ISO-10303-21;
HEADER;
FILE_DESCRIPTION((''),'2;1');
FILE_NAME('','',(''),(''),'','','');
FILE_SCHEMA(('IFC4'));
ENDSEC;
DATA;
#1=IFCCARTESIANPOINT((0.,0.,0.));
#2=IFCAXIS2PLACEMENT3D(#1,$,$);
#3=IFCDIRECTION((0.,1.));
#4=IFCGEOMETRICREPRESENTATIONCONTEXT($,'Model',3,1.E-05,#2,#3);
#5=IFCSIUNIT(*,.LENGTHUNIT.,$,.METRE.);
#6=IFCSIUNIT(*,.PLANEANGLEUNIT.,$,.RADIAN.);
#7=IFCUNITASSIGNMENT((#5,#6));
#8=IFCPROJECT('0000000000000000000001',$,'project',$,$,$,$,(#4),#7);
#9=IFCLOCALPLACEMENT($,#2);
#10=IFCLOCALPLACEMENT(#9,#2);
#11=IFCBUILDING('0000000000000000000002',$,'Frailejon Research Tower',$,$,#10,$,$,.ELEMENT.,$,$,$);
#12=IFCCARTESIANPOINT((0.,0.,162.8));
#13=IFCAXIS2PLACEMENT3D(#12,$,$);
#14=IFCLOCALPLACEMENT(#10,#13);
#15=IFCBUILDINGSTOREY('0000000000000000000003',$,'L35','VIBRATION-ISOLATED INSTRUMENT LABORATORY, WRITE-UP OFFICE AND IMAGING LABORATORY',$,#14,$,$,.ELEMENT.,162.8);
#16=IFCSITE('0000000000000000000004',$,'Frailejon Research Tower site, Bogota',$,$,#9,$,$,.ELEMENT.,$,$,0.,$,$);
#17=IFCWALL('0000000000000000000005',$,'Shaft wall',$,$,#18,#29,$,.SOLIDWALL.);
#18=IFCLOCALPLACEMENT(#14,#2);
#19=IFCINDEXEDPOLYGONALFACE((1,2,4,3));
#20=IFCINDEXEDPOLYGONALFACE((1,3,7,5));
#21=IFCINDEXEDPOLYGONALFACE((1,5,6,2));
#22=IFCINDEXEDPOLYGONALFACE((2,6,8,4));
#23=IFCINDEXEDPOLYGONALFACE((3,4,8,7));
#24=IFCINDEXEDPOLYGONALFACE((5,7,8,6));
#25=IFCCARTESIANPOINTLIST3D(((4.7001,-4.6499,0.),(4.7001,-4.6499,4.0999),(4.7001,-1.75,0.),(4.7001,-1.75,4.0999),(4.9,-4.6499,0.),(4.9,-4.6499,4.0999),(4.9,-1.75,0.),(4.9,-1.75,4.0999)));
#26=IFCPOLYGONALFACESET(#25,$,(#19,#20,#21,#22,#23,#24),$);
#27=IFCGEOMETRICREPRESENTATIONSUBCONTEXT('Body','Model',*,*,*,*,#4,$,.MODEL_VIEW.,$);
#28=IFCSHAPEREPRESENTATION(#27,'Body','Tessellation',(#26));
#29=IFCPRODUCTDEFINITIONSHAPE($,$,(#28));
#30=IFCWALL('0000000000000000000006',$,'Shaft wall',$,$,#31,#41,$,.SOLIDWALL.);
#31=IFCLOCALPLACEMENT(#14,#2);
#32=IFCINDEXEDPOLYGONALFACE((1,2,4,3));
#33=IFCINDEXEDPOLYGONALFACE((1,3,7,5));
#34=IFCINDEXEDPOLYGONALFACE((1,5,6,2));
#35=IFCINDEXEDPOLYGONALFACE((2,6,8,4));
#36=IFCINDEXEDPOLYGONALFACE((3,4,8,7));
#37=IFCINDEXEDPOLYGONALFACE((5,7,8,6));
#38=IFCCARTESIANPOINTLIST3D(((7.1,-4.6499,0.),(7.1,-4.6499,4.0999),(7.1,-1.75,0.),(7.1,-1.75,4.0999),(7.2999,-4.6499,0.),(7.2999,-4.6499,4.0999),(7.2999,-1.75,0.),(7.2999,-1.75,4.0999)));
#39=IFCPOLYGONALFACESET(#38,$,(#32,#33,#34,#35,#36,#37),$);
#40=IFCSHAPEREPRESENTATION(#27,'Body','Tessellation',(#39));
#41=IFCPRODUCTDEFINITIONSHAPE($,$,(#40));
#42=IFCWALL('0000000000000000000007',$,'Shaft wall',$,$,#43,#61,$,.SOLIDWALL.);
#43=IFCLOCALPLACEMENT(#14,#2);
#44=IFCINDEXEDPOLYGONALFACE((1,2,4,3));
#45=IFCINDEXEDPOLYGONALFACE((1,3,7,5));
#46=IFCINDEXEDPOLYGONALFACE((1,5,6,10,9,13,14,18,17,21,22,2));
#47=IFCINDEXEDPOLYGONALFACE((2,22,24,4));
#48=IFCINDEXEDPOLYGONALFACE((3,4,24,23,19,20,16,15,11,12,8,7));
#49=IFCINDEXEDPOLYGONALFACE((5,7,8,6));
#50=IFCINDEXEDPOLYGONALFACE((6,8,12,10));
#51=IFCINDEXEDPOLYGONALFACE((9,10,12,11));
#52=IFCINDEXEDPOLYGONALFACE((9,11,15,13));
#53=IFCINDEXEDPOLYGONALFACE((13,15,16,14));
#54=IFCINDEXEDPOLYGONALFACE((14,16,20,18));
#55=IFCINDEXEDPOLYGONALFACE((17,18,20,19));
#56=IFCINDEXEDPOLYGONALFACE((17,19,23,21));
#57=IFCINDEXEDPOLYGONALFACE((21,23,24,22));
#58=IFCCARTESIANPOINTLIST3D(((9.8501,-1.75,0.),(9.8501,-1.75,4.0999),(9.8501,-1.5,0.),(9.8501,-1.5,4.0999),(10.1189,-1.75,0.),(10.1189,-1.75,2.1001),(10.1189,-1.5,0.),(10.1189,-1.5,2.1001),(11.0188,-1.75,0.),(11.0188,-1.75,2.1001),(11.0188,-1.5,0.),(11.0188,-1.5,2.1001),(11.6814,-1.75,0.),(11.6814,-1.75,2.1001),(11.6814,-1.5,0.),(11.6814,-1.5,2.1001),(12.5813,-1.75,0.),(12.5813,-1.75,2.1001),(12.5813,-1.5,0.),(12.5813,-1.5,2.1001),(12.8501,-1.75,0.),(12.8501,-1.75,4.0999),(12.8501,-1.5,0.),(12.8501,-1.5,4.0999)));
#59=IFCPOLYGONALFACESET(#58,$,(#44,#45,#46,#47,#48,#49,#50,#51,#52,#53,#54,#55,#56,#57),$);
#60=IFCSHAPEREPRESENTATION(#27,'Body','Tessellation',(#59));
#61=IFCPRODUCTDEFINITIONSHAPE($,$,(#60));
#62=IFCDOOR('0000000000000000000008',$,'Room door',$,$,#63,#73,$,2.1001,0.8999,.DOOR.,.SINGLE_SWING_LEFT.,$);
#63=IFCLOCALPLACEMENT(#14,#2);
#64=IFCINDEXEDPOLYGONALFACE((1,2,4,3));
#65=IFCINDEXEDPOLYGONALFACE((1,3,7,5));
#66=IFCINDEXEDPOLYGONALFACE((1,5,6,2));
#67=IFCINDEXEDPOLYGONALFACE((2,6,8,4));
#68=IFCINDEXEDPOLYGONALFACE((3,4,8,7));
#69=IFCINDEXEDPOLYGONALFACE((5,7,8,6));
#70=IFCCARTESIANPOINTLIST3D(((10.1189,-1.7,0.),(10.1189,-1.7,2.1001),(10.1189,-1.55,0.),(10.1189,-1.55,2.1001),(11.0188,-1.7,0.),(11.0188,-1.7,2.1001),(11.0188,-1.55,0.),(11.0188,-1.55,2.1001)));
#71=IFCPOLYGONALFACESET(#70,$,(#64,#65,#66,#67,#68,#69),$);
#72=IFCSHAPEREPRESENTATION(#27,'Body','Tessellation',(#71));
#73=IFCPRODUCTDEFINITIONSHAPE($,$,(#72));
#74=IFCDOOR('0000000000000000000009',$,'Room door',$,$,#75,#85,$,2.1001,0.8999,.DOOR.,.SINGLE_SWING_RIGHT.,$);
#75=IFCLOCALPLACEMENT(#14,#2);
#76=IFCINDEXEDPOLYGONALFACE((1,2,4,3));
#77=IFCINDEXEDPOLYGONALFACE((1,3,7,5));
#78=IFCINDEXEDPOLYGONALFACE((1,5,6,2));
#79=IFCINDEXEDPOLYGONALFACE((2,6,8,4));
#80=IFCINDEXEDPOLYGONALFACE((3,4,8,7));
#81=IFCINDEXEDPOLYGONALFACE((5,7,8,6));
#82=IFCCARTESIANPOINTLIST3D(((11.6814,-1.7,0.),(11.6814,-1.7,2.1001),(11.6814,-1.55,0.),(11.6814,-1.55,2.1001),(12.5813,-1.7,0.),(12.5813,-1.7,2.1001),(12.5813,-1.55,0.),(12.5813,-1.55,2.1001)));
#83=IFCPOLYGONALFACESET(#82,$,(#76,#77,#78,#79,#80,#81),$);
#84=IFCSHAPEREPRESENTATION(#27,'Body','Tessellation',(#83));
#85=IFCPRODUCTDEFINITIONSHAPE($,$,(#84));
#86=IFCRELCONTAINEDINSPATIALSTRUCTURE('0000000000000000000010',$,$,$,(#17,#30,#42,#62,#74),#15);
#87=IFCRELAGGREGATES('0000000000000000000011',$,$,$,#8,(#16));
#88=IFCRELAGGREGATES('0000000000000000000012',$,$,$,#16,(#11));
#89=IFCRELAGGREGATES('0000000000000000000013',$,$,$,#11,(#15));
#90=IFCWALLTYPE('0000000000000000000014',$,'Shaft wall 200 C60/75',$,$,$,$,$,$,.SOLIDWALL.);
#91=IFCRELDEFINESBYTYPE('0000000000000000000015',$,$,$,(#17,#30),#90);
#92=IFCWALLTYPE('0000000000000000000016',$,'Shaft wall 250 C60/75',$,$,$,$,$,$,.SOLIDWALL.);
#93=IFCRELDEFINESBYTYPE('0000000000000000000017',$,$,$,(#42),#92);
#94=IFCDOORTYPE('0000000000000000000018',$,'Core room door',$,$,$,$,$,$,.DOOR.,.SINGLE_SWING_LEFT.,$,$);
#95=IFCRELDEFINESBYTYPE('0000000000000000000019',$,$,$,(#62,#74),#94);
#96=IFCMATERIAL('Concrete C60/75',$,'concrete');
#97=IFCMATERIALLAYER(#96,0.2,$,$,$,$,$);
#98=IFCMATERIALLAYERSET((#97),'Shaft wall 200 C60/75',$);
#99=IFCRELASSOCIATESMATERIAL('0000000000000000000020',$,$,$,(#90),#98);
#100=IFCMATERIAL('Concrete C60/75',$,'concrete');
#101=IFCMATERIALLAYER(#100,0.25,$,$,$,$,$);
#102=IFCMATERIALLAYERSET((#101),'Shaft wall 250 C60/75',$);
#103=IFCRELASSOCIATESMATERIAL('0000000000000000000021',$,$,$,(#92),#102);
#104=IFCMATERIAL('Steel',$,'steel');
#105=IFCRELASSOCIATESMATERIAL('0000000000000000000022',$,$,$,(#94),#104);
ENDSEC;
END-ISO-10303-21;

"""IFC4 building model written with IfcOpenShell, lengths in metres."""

from ifc_helpers import new_model, si_unit, direction, frame, frame_2d, origin, place, context, subcontext, project, spatial, rectangle, extrude, material, layer, layer_set, type_object, element, fill, save


model = new_model("IFC4")

# Units and contexts
model_context = context("Model", 3, precision=1e-05, world=origin(), true_north=direction((0.0, 1.0)))
body_context = subcontext(model_context, "Body", "Model", "MODEL_VIEW")
ifc_project = project(units=[si_unit("LENGTHUNIT", "METRE"), si_unit("PLANEANGLEUNIT", "RADIAN")], contexts=[model_context])

# Site, building, storey
site_placement = place(None, origin())
site = spatial("IfcSite", under=ifc_project, at=site_placement, Name="Frailejon Research Tower site, Bogota", CompositionType="ELEMENT", RefElevation=0.0)
building_placement = place(site_placement, origin())
building = spatial("IfcBuilding", under=site, at=building_placement, Name="Frailejon Research Tower", CompositionType="ELEMENT")
storey_placement = place(building_placement, frame((0.0, 0.0, 162.8)))
storey = spatial("IfcBuildingStorey", under=building, at=storey_placement, Name="L35", Description="VIBRATION-ISOLATED INSTRUMENT LABORATORY, WRITE-UP OFFICE AND IMAGING LABORATORY", CompositionType="ELEMENT", Elevation=162.8)

# Walls
ifc_material_1 = material(Name="Concrete C60/75", Category="concrete")
ifc_layer_1 = layer(ifc_material_1, 0.2)
ifc_layer_set_1 = layer_set([ifc_layer_1], Name="Shaft wall 200 C60/75")
wall_type_1 = type_object("IfcWallType", Name="Shaft wall 200 C60/75", PredefinedType="SOLIDWALL", material=ifc_layer_set_1)
for number, where, z_axis, x_axis, name in (
    (1, (4.8, -4.6499, 0.0), (0.0, 0.0, 1.0), (0.0, 1.0, 0.0), "Shaft wall"),
    (2, (7.2, -4.6499, 0.0), (0.0, 0.0, 1.0), (0.0, 1.0, 0.0), "Shaft wall"),
):
    element("IfcWall", number, at=place(storey_placement, frame(where, z_axis=z_axis, x_axis=x_axis)), inside=storey, type_object=wall_type_1, Name=name, PredefinedType="SOLIDWALL", context=body_context, shape_type="SweptSolid", body=[
        extrude(rectangle(XDim=2.8999, YDim=0.2, at=frame_2d((1.45, 0.0))), origin(), (0.0, 0.0, 1.0), 4.0999),
    ])

# Wall, openings, doors
ifc_material_2 = material(Name="Concrete C60/75", Category="concrete")
ifc_layer_2 = layer(ifc_material_2, 0.25)
ifc_layer_set_2 = layer_set([ifc_layer_2], Name="Shaft wall 250 C60/75")
wall_type_2 = type_object("IfcWallType", Name="Shaft wall 250 C60/75", PredefinedType="SOLIDWALL", material=ifc_layer_set_2)
wall_1_placement = place(storey_placement, frame((9.8501, -1.625, 0.0), z_axis=(0.0, 0.0, 1.0), x_axis=(1.0, 0.0, 0.0)))
wall_1 = element("IfcWall", 3, at=wall_1_placement, inside=storey, type_object=wall_type_2, Name="Shaft wall", PredefinedType="SOLIDWALL", context=body_context, shape_type="SweptSolid", body=[
    extrude(rectangle(XDim=3.0, YDim=0.25, at=frame_2d((1.5, 0.0))), origin(), (0.0, 0.0, 1.0), 4.0999),
])
opening_1_placement = place(wall_1_placement, frame((0.2688, 0.0, 0.0)))
opening_1 = element("IfcOpeningElement", 4, at=opening_1_placement, cuts=wall_1, PredefinedType="OPENING", context=body_context, shape_type="SweptSolid", body=[
    extrude(rectangle(XDim=0.8999, YDim=2.1001, at=frame_2d((0.45, 1.05))), frame((0.0, 0.135, 0.0), z_axis=(0.0, -1.0, 0.0), x_axis=(1.0, 0.0, 0.0)), (0.0, 0.0, 1.0), 0.27),
])
opening_2_placement = place(wall_1_placement, frame((1.8313, 0.0, 0.0)))
opening_2 = element("IfcOpeningElement", 5, at=opening_2_placement, cuts=wall_1, PredefinedType="OPENING", context=body_context, shape_type="SweptSolid", body=[
    extrude(rectangle(XDim=0.8999, YDim=2.1001, at=frame_2d((0.45, 1.05))), frame((0.0, 0.135, 0.0), z_axis=(0.0, -1.0, 0.0), x_axis=(1.0, 0.0, 0.0)), (0.0, 0.0, 1.0), 0.27),
])
ifc_material_3 = material(Name="Steel", Category="steel")
door_type_1 = type_object("IfcDoorType", Name="Core room door", OperationType="SINGLE_SWING_LEFT", PredefinedType="DOOR", material=ifc_material_3)
door_1_placement = place(opening_1_placement, origin())
door_1 = element("IfcDoor", 6, at=door_1_placement, inside=storey, type_object=door_type_1, Name="Room door", OperationType="SINGLE_SWING_LEFT", OverallHeight=2.1001, OverallWidth=0.8999, PredefinedType="DOOR", context=body_context, shape_type="SweptSolid", body=[
    extrude(rectangle(XDim=0.8999, YDim=2.1001, at=frame_2d((0.45, 1.05))), frame((0.0, 0.075, 0.0), z_axis=(0.0, -1.0, 0.0), x_axis=(1.0, 0.0, 0.0)), (0.0, 0.0, 1.0), 0.1499),
])
fill(opening_1, door_1)
door_2_placement = place(opening_2_placement, origin())
door_2 = element("IfcDoor", 7, at=door_2_placement, inside=storey, type_object=door_type_1, Name="Room door", OperationType="SINGLE_SWING_RIGHT", OverallHeight=2.1001, OverallWidth=0.8999, PredefinedType="DOOR", context=body_context, shape_type="SweptSolid", body=[
    extrude(rectangle(XDim=0.8999, YDim=2.1001, at=frame_2d((0.45, 1.05))), frame((0.0, 0.075, 0.0), z_axis=(0.0, -1.0, 0.0), x_axis=(1.0, 0.0, 0.0)), (0.0, 0.0, 1.0), 0.1499),
])
fill(opening_2, door_2)

save(model, "model.ifc")
